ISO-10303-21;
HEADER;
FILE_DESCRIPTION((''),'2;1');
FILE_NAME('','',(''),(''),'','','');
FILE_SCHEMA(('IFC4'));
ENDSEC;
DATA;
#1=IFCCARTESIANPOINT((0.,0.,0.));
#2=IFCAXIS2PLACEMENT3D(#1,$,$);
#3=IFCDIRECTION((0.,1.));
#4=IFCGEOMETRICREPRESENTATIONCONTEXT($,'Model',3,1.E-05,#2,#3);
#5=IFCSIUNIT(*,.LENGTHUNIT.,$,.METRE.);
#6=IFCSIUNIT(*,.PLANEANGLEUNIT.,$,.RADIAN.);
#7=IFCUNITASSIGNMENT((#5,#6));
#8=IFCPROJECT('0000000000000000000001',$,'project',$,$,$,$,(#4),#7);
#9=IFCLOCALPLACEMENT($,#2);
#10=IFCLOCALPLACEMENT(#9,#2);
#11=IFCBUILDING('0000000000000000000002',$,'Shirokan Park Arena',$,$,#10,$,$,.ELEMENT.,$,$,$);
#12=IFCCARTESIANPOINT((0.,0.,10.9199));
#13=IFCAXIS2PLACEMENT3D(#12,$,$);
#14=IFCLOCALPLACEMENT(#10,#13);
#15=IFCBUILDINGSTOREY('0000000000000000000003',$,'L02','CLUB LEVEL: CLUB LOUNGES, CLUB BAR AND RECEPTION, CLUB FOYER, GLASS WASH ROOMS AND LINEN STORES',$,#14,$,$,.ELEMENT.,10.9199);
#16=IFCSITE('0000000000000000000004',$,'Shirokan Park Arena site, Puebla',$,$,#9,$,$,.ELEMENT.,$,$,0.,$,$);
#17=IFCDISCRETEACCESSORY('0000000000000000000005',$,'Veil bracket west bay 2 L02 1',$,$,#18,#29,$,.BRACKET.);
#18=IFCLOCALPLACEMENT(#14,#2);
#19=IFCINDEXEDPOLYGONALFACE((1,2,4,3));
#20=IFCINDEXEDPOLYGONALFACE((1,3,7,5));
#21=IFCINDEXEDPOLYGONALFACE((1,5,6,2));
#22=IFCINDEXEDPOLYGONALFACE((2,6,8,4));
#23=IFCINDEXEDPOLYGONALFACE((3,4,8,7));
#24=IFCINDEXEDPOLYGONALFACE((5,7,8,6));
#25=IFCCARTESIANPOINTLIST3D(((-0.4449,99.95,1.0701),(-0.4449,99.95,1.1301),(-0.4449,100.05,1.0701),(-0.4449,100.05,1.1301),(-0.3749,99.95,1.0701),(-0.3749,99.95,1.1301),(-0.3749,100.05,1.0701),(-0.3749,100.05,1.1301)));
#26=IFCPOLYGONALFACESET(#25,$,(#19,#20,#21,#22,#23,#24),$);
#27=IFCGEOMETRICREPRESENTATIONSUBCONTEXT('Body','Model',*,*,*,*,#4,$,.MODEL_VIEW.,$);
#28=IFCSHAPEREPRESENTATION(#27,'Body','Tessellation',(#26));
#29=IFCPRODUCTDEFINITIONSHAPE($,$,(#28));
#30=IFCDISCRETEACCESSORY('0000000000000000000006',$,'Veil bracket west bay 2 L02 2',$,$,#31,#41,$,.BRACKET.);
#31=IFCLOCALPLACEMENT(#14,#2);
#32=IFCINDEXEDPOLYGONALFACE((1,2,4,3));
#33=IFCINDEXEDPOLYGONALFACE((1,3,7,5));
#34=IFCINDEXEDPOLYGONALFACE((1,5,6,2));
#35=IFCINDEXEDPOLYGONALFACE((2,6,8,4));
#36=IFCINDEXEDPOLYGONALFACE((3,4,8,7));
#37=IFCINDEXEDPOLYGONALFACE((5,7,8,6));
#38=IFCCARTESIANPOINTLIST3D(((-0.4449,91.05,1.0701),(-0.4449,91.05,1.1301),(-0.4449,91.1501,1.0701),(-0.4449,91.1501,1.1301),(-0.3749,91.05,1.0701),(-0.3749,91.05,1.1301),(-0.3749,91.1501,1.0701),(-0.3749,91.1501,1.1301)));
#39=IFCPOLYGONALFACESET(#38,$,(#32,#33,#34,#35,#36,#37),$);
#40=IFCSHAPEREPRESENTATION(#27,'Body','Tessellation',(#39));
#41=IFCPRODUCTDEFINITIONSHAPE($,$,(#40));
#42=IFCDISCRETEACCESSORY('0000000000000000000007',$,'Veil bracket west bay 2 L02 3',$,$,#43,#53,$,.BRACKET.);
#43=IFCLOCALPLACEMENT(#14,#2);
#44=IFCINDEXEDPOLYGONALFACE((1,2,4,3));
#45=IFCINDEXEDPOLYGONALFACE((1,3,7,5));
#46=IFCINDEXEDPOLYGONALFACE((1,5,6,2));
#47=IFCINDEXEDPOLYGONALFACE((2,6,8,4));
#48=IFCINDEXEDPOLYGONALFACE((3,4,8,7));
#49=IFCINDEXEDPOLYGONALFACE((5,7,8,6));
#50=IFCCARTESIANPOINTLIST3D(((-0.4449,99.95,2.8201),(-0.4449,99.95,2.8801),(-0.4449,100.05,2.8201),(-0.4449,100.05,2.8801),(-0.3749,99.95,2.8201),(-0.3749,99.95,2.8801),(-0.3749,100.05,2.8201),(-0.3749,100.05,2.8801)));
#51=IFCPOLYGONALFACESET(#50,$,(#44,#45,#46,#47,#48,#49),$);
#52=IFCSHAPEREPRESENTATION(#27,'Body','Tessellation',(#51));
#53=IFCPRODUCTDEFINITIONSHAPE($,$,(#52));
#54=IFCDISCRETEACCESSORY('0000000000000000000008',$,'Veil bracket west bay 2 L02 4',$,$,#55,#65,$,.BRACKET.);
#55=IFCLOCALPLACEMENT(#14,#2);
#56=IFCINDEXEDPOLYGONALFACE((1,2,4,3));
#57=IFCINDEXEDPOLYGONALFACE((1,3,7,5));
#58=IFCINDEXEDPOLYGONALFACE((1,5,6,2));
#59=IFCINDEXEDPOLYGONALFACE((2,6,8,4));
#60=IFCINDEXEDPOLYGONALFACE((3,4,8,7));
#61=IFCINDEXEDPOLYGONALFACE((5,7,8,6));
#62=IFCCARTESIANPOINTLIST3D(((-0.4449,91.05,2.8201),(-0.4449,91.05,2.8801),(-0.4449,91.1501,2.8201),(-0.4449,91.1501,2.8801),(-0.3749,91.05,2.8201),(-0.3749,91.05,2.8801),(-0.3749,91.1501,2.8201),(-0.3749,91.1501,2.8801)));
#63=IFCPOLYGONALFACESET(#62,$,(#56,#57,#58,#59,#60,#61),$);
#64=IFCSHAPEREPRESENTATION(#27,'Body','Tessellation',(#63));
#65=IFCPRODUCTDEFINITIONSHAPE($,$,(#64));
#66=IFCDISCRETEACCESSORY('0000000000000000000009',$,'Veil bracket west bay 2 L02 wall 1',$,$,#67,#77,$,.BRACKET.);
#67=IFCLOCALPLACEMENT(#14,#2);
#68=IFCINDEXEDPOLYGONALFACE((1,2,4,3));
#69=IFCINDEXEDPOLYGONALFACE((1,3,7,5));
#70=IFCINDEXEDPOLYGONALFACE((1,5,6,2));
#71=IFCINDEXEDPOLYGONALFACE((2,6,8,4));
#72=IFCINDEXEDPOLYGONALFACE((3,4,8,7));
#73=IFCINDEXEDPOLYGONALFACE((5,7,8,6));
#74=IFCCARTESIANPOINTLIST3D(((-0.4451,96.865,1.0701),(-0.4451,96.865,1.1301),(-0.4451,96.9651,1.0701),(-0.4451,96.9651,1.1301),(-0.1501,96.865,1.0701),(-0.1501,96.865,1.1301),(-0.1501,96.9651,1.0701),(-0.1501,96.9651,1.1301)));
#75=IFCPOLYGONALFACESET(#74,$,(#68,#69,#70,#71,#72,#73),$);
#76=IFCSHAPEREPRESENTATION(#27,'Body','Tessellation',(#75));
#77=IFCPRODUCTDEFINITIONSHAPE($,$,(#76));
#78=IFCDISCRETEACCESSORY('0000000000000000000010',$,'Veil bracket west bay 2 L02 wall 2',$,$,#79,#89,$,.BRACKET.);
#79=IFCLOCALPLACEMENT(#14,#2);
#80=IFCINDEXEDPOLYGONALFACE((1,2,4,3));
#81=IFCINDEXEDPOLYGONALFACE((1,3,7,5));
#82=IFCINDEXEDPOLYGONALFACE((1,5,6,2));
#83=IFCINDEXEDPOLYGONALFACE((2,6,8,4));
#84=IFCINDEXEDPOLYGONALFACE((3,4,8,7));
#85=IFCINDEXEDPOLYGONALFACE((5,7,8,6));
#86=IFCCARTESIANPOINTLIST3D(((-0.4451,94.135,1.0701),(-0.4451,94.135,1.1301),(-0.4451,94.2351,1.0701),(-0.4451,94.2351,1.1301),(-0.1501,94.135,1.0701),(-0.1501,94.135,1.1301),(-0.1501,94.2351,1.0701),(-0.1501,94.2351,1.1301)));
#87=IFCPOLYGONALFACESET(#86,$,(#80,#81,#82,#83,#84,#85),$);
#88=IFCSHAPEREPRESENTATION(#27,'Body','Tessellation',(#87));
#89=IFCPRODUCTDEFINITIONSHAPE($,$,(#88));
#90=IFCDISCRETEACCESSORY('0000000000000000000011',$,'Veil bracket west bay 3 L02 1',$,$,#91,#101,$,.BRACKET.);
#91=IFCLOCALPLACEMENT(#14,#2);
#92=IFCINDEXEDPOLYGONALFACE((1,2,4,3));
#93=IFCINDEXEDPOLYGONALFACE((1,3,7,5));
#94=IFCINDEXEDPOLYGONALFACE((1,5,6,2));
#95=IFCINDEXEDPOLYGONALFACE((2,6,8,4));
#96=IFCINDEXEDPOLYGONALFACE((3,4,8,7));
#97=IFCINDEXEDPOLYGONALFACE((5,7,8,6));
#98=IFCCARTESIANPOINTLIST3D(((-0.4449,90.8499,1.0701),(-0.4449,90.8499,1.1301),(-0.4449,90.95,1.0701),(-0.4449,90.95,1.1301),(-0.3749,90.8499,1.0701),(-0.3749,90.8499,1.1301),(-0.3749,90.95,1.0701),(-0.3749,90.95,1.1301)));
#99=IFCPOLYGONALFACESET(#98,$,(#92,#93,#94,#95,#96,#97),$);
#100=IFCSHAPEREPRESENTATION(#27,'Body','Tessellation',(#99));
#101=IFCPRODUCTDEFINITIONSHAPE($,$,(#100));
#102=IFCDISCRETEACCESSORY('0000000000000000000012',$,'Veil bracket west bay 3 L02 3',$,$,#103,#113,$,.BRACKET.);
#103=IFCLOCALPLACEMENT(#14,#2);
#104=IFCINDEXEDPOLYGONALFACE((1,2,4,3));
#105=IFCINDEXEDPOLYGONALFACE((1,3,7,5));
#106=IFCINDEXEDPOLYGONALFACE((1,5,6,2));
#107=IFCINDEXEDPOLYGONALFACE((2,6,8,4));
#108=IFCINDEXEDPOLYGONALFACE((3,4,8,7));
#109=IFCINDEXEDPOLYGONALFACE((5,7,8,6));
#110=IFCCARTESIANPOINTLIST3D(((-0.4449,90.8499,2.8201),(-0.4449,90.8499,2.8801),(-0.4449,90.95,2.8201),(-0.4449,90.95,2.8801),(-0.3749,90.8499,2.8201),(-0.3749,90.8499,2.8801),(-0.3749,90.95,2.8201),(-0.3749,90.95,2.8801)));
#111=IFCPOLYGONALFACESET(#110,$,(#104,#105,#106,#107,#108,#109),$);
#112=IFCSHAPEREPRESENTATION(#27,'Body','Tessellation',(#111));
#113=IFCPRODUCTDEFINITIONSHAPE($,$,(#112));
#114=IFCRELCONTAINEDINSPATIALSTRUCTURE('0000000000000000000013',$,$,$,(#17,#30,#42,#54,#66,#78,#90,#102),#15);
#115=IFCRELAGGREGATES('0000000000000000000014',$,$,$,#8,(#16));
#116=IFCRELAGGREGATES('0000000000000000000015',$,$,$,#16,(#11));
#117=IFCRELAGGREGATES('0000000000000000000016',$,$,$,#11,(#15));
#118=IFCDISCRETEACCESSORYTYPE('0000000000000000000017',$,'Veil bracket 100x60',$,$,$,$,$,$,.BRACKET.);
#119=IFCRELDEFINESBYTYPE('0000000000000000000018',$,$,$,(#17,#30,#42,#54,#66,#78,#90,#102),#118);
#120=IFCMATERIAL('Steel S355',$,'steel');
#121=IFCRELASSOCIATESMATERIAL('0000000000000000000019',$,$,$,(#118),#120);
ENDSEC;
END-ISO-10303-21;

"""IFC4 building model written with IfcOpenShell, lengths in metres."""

from ifc_helpers import new_model, si_unit, direction, frame, origin, origin_2d, place, context, subcontext, project, spatial, rectangle, extrude, material, type_object, element, save


model = new_model("IFC4")

# Units and contexts
model_context = context("Model", 3, precision=1e-05, world=origin(), true_north=direction((0.0, 1.0)))
body_context = subcontext(model_context, "Body", "Model", "MODEL_VIEW")
ifc_project = project(units=[si_unit("LENGTHUNIT", "METRE"), si_unit("PLANEANGLEUNIT", "RADIAN")], contexts=[model_context])

# Site, building, storey
site_placement = place(None, origin())
site = spatial("IfcSite", under=ifc_project, at=site_placement, Name="Shirokan Park Arena site, Puebla", CompositionType="ELEMENT", RefElevation=0.0)
building_placement = place(site_placement, origin())
building = spatial("IfcBuilding", under=site, at=building_placement, Name="Shirokan Park Arena", CompositionType="ELEMENT")
storey_placement = place(building_placement, frame((0.0, 0.0, 10.9199)))
storey = spatial("IfcBuildingStorey", under=building, at=storey_placement, Name="L02", Description="CLUB LEVEL: CLUB LOUNGES, CLUB BAR AND RECEPTION, CLUB FOYER, GLASS WASH ROOMS AND LINEN STORES", CompositionType="ELEMENT", Elevation=10.9199)

# Discrete accessories
ifc_material_1 = material(Name="Steel S355", Category="steel")
discrete_accessory_type = type_object("IfcDiscreteAccessoryType", Name="Veil bracket 100x60", PredefinedType="BRACKET", material=ifc_material_1)
for number, where, z_axis, x_axis, name in (
    (1, (-0.4099, 100.0, 1.0701), (0.0, 0.0, 1.0), (0.0, -1.0, 0.0), "Veil bracket west bay 2 L02 1"),
    (2, (-0.4099, 91.1001, 1.0701), (0.0, 0.0, 1.0), (0.0, -1.0, 0.0), "Veil bracket west bay 2 L02 2"),
    (3, (-0.4099, 100.0, 2.8201), (0.0, 0.0, 1.0), (0.0, -1.0, 0.0), "Veil bracket west bay 2 L02 3"),
    (4, (-0.4099, 91.1001, 2.8201), (0.0, 0.0, 1.0), (0.0, -1.0, 0.0), "Veil bracket west bay 2 L02 4"),
):
    element("IfcDiscreteAccessory", number, at=place(storey_placement, frame(where, z_axis=z_axis, x_axis=x_axis)), inside=storey, type_object=discrete_accessory_type, Name=name, PredefinedType="BRACKET", context=body_context, shape_type="SweptSolid", body=[
        extrude(rectangle(XDim=0.1001, YDim=0.0701, at=origin_2d()), origin(), (0.0, 0.0, 1.0), 0.0601),
    ])
for number, where, z_axis, x_axis, name in (
    (5, (-0.2976, 96.915, 1.0701), (0.0, 0.0, 1.0), (0.0, -1.0, 0.0), "Veil bracket west bay 2 L02 wall 1"),
    (6, (-0.2976, 94.1851, 1.0701), (0.0, 0.0, 1.0), (0.0, -1.0, 0.0), "Veil bracket west bay 2 L02 wall 2"),
):
    element("IfcDiscreteAccessory", number, at=place(storey_placement, frame(where, z_axis=z_axis, x_axis=x_axis)), inside=storey, type_object=discrete_accessory_type, Name=name, PredefinedType="BRACKET", context=body_context, shape_type="SweptSolid", body=[
        extrude(rectangle(XDim=0.1001, YDim=0.2949, at=origin_2d()), origin(), (0.0, 0.0, 1.0), 0.0601),
    ])
for number, where, z_axis, x_axis, name in (
    (7, (-0.4099, 90.8999, 1.0701), (0.0, 0.0, 1.0), (0.0, -1.0, 0.0), "Veil bracket west bay 3 L02 1"),
    (8, (-0.4099, 90.8999, 2.8201), (0.0, 0.0, 1.0), (0.0, -1.0, 0.0), "Veil bracket west bay 3 L02 3"),
):
    element("IfcDiscreteAccessory", number, at=place(storey_placement, frame(where, z_axis=z_axis, x_axis=x_axis)), inside=storey, type_object=discrete_accessory_type, Name=name, PredefinedType="BRACKET", context=body_context, shape_type="SweptSolid", body=[
        extrude(rectangle(XDim=0.1001, YDim=0.0701, at=origin_2d()), origin(), (0.0, 0.0, 1.0), 0.0601),
    ])

save(model, "model.ifc")
